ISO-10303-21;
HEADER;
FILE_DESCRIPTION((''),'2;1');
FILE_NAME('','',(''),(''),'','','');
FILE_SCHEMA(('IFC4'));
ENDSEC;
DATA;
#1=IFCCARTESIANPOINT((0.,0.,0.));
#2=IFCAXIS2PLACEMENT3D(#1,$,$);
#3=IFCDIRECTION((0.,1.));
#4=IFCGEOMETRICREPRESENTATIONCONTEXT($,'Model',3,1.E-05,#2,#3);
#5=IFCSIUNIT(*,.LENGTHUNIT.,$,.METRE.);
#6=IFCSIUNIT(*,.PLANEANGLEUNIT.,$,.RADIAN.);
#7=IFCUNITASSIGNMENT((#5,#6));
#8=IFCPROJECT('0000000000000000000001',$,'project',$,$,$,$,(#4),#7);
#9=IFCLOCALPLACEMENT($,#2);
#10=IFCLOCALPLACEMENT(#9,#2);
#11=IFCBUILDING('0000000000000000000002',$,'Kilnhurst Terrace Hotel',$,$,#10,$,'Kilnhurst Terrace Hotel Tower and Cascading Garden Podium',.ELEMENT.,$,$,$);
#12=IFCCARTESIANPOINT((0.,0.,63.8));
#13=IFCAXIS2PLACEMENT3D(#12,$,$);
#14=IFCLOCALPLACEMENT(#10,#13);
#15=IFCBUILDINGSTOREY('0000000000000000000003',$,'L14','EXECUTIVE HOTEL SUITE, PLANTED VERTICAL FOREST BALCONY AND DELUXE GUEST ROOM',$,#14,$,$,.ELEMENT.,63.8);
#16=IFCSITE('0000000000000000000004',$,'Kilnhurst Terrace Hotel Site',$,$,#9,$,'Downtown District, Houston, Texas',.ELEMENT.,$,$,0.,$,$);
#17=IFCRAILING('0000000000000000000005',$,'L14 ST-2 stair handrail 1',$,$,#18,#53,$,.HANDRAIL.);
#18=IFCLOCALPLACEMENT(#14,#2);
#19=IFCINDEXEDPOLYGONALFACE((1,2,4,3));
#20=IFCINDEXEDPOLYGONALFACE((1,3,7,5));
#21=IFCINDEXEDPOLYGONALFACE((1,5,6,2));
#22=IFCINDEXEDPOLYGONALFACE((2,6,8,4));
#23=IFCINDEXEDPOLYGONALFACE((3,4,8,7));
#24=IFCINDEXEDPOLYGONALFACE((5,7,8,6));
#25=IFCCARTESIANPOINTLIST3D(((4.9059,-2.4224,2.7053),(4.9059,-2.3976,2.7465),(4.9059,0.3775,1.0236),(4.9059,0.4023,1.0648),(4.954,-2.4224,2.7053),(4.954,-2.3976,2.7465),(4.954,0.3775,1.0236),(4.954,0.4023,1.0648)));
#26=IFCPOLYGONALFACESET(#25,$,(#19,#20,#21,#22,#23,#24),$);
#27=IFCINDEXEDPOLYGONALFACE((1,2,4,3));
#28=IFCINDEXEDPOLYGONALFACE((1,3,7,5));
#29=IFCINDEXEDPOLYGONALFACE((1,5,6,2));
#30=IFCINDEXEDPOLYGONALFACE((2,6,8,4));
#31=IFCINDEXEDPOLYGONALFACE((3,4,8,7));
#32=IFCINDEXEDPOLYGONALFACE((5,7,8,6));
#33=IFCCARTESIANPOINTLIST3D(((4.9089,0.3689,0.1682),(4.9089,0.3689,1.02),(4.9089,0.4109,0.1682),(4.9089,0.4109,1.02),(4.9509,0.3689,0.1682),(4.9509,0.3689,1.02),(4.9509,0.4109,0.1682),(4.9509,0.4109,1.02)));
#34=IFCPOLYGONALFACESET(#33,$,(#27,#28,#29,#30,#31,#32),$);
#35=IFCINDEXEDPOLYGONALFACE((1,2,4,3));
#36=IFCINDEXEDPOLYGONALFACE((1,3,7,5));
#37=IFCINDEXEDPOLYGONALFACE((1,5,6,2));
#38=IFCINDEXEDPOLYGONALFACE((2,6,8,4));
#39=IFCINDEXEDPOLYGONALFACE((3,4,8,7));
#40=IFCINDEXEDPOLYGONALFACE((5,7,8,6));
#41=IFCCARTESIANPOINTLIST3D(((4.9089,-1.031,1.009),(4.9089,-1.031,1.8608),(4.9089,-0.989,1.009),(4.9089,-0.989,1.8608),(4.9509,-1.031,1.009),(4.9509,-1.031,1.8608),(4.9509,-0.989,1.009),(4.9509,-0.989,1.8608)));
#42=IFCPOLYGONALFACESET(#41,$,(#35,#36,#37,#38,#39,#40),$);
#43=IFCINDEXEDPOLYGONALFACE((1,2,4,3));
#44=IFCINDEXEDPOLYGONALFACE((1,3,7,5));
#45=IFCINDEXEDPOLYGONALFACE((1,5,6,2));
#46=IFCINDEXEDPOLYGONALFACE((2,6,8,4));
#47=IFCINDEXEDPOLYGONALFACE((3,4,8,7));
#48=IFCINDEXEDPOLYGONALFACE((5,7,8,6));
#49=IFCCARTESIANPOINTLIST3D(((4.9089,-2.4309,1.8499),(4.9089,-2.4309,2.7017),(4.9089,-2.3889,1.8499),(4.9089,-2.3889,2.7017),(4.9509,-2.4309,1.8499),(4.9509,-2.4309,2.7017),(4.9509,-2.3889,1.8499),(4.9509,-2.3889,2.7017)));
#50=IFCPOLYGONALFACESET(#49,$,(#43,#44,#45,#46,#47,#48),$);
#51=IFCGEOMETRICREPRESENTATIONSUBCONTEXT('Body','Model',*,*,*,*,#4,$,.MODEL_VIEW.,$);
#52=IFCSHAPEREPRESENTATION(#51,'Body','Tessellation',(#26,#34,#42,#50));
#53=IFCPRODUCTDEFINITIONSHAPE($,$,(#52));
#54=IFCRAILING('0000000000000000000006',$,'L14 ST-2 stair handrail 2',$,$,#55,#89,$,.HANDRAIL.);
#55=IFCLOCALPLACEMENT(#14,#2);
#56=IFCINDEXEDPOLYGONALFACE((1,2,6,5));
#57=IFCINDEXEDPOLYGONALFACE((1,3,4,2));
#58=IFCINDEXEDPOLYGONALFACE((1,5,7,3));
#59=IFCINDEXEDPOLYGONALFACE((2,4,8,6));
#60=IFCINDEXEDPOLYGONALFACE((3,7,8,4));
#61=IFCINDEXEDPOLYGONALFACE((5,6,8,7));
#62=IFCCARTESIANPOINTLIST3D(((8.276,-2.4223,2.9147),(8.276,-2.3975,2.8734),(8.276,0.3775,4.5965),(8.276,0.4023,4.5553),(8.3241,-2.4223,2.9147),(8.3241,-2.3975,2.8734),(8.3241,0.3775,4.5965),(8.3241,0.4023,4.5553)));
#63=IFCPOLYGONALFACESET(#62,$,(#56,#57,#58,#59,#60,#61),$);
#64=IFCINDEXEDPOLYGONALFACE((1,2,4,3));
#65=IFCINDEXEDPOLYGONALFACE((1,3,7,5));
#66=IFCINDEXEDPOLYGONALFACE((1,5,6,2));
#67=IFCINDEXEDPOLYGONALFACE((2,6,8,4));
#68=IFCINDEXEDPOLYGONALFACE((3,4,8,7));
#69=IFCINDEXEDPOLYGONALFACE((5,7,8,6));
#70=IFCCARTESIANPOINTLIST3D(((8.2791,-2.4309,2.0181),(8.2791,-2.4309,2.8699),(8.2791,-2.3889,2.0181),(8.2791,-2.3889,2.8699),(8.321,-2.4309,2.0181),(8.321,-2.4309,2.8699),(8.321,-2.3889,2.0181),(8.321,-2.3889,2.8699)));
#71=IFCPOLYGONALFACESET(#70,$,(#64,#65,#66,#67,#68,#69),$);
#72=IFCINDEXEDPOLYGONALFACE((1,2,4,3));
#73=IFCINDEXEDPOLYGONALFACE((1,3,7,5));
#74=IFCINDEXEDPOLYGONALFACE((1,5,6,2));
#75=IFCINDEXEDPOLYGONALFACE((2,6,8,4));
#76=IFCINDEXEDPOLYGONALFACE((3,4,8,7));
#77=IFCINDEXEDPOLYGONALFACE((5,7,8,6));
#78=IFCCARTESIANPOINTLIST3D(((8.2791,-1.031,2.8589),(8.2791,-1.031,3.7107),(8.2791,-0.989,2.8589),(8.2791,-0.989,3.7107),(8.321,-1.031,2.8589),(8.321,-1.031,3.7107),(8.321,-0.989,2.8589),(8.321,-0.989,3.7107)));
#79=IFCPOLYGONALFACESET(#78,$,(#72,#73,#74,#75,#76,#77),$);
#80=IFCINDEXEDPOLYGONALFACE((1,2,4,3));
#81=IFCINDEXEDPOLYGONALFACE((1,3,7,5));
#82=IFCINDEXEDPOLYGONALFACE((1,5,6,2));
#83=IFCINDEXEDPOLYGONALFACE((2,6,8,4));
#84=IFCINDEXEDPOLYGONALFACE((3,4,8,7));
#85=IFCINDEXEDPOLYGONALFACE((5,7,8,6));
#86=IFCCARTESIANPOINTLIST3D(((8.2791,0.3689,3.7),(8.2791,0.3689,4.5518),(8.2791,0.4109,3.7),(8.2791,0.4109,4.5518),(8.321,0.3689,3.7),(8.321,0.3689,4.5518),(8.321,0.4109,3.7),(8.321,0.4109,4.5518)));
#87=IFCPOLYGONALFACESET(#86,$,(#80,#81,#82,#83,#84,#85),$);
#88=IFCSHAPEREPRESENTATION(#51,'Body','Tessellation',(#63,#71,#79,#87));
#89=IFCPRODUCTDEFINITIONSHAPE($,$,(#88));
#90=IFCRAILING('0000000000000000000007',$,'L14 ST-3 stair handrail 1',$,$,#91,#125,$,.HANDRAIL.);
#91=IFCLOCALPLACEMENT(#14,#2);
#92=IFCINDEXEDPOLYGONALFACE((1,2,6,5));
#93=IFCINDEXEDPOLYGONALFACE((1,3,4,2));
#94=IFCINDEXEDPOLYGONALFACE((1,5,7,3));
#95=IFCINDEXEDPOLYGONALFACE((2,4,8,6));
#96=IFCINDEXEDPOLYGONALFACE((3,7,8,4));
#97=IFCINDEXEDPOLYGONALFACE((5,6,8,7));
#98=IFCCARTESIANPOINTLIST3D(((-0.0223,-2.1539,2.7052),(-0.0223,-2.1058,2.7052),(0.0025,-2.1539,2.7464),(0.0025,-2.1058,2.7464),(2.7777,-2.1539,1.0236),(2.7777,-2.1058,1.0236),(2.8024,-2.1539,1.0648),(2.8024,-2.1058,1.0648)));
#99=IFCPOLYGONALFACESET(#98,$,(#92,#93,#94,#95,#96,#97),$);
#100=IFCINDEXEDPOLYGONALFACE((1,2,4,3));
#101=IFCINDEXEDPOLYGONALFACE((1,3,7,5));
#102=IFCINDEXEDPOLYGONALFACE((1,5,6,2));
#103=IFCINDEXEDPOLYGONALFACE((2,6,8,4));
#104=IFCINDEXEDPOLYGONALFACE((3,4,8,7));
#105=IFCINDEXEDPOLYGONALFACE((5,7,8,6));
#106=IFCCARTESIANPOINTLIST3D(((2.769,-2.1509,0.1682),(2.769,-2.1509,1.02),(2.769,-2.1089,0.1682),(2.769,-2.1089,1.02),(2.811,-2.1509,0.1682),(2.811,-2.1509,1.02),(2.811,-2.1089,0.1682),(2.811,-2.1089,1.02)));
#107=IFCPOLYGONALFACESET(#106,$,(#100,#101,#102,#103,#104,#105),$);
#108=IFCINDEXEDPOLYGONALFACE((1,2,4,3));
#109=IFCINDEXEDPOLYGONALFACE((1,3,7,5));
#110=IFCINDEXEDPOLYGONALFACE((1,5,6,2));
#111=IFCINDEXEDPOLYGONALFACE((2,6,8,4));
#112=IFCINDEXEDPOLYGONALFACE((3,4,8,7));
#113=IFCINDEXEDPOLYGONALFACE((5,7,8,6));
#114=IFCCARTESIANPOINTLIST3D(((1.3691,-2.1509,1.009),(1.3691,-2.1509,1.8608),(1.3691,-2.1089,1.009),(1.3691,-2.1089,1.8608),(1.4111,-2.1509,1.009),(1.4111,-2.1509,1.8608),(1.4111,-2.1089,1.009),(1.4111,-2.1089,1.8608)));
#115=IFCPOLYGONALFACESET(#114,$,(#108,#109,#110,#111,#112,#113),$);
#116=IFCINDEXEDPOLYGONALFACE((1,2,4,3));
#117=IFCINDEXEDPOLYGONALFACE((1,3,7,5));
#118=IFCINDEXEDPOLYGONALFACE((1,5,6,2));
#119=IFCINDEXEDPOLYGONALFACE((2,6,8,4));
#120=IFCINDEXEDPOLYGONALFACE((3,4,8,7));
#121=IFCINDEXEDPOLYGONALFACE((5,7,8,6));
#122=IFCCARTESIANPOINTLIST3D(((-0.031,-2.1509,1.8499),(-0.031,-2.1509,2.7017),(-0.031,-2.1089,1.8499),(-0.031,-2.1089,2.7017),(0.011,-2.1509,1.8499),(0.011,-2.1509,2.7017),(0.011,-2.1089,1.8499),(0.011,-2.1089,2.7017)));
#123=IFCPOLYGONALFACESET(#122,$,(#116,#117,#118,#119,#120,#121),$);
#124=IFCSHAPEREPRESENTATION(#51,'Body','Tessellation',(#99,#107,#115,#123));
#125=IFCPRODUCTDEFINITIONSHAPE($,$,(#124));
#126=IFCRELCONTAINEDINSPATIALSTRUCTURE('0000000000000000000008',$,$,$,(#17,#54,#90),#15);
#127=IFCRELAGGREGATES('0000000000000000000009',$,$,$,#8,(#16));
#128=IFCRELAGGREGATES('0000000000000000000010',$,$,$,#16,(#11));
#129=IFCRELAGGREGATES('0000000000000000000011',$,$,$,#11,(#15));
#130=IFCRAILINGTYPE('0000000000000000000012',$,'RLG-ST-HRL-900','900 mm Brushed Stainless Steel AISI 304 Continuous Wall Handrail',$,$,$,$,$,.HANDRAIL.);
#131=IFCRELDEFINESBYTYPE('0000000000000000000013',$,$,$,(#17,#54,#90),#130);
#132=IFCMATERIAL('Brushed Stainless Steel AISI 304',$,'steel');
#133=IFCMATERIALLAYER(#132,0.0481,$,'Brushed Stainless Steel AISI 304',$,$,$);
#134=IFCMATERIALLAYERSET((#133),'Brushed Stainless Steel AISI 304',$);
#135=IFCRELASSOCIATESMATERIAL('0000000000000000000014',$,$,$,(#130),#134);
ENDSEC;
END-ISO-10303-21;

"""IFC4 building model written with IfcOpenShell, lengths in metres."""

from ifc_helpers import new_model, si_unit, direction, frame, origin, origin_2d, place, context, subcontext, project, spatial, rectangle, extrude, material, layer, layer_set, type_object, element, save


model = new_model("IFC4")

# Units and contexts
model_context = context("Model", 3, precision=1e-05, world=origin(), true_north=direction((0.0, 1.0)))
body_context = subcontext(model_context, "Body", "Model", "MODEL_VIEW")
ifc_project = project(units=[si_unit("LENGTHUNIT", "METRE"), si_unit("PLANEANGLEUNIT", "RADIAN")], contexts=[model_context])

# Site, building, storey
site_placement = place(None, origin())
site = spatial("IfcSite", under=ifc_project, at=site_placement, Name="Kilnhurst Terrace Hotel Site", LongName="Downtown District, Houston, Texas", CompositionType="ELEMENT", RefElevation=0.0)
building_placement = place(site_placement, origin())
building = spatial("IfcBuilding", under=site, at=building_placement, Name="Kilnhurst Terrace Hotel", LongName="Kilnhurst Terrace Hotel Tower and Cascading Garden Podium", CompositionType="ELEMENT")
storey_placement = place(building_placement, frame((0.0, 0.0, 63.8)))
storey = spatial("IfcBuildingStorey", under=building, at=storey_placement, Name="L14", Description="EXECUTIVE HOTEL SUITE, PLANTED VERTICAL FOREST BALCONY AND DELUXE GUEST ROOM", CompositionType="ELEMENT", Elevation=63.8)

# Railings
ifc_material_1 = material(Name="Brushed Stainless Steel AISI 304", Category="steel")
ifc_layer_1 = layer(ifc_material_1, 0.0481, Name="Brushed Stainless Steel AISI 304")
ifc_layer_set_1 = layer_set([ifc_layer_1], Name="Brushed Stainless Steel AISI 304")
railing_type_1 = type_object("IfcRailingType", Name="RLG-ST-HRL-900", Description="900 mm Brushed Stainless Steel AISI 304 Continuous Wall Handrail", PredefinedType="HANDRAIL", material=ifc_layer_set_1)
railing_1_placement = place(storey_placement, frame((4.9299, 0.3899, 0.1682)))
element("IfcRailing", 1, at=railing_1_placement, inside=storey, type_object=railing_type_1, Name="L14 ST-2 stair handrail 1", PredefinedType="HANDRAIL", context=body_context, shape_type="SweptSolid", body=[
    extrude(rectangle(XDim=0.0481, YDim=0.0481, at=origin_2d()), frame((0.0, 0.0, 0.876), z_axis=(0.0, -0.857255, 0.514891), x_axis=(1.0, 0.0, 0.0)), (0.0, 0.0, 1.0), 3.2661),
    extrude(rectangle(XDim=0.042, YDim=0.042, at=origin_2d()), origin(), (0.0, 0.0, 1.0), 0.8518),
    extrude(rectangle(XDim=0.042, YDim=0.042, at=origin_2d()), frame((0.0, -1.3999, 0.8408)), (0.0, 0.0, 1.0), 0.8518),
    extrude(rectangle(XDim=0.042, YDim=0.042, at=origin_2d()), frame((0.0, -2.7998, 1.6816)), (0.0, 0.0, 1.0), 0.8518),
])
railing_2_placement = place(storey_placement, frame((8.3, -2.4099, 2.0181)))
element("IfcRailing", 2, at=railing_2_placement, inside=storey, type_object=railing_type_1, Name="L14 ST-2 stair handrail 2", PredefinedType="HANDRAIL", context=body_context, shape_type="SweptSolid", body=[
    extrude(rectangle(XDim=0.0481, YDim=0.0481, at=origin_2d()), frame((0.0, 0.0, 0.876), z_axis=(0.0, 0.857222, 0.514946), x_axis=(-1.0, 0.0, 0.0)), (0.0, 0.0, 1.0), 3.2661),
    extrude(rectangle(XDim=0.042, YDim=0.042, at=origin_2d()), origin(), (0.0, 0.0, 1.0), 0.8518),
    extrude(rectangle(XDim=0.042, YDim=0.042, at=origin_2d()), frame((0.0, 1.3999, 0.8408)), (0.0, 0.0, 1.0), 0.8518),
    extrude(rectangle(XDim=0.042, YDim=0.042, at=origin_2d()), frame((0.0, 2.7998, 1.6819)), (0.0, 0.0, 1.0), 0.8518),
])
railing_3_placement = place(storey_placement, frame((2.79, -2.1299, 0.1682)))
element("IfcRailing", 3, at=railing_3_placement, inside=storey, type_object=railing_type_1, Name="L14 ST-3 stair handrail 1", PredefinedType="HANDRAIL", context=body_context, shape_type="SweptSolid", body=[
    extrude(rectangle(XDim=0.0481, YDim=0.0481, at=origin_2d()), frame((0.0, 0.0, 0.876), z_axis=(-0.857275, 0.0, 0.514858), x_axis=(0.0, -1.0, 0.0)), (0.0, 0.0, 1.0), 3.2661),
    extrude(rectangle(XDim=0.042, YDim=0.042, at=origin_2d()), origin(), (0.0, 0.0, 1.0), 0.8518),
    extrude(rectangle(XDim=0.042, YDim=0.042, at=origin_2d()), frame((-1.3999, 0.0, 0.8408)), (0.0, 0.0, 1.0), 0.8518),
    extrude(rectangle(XDim=0.042, YDim=0.042, at=origin_2d()), frame((-2.8, 0.0, 1.6816)), (0.0, 0.0, 1.0), 0.8518),
])

save(model, "model.ifc")
